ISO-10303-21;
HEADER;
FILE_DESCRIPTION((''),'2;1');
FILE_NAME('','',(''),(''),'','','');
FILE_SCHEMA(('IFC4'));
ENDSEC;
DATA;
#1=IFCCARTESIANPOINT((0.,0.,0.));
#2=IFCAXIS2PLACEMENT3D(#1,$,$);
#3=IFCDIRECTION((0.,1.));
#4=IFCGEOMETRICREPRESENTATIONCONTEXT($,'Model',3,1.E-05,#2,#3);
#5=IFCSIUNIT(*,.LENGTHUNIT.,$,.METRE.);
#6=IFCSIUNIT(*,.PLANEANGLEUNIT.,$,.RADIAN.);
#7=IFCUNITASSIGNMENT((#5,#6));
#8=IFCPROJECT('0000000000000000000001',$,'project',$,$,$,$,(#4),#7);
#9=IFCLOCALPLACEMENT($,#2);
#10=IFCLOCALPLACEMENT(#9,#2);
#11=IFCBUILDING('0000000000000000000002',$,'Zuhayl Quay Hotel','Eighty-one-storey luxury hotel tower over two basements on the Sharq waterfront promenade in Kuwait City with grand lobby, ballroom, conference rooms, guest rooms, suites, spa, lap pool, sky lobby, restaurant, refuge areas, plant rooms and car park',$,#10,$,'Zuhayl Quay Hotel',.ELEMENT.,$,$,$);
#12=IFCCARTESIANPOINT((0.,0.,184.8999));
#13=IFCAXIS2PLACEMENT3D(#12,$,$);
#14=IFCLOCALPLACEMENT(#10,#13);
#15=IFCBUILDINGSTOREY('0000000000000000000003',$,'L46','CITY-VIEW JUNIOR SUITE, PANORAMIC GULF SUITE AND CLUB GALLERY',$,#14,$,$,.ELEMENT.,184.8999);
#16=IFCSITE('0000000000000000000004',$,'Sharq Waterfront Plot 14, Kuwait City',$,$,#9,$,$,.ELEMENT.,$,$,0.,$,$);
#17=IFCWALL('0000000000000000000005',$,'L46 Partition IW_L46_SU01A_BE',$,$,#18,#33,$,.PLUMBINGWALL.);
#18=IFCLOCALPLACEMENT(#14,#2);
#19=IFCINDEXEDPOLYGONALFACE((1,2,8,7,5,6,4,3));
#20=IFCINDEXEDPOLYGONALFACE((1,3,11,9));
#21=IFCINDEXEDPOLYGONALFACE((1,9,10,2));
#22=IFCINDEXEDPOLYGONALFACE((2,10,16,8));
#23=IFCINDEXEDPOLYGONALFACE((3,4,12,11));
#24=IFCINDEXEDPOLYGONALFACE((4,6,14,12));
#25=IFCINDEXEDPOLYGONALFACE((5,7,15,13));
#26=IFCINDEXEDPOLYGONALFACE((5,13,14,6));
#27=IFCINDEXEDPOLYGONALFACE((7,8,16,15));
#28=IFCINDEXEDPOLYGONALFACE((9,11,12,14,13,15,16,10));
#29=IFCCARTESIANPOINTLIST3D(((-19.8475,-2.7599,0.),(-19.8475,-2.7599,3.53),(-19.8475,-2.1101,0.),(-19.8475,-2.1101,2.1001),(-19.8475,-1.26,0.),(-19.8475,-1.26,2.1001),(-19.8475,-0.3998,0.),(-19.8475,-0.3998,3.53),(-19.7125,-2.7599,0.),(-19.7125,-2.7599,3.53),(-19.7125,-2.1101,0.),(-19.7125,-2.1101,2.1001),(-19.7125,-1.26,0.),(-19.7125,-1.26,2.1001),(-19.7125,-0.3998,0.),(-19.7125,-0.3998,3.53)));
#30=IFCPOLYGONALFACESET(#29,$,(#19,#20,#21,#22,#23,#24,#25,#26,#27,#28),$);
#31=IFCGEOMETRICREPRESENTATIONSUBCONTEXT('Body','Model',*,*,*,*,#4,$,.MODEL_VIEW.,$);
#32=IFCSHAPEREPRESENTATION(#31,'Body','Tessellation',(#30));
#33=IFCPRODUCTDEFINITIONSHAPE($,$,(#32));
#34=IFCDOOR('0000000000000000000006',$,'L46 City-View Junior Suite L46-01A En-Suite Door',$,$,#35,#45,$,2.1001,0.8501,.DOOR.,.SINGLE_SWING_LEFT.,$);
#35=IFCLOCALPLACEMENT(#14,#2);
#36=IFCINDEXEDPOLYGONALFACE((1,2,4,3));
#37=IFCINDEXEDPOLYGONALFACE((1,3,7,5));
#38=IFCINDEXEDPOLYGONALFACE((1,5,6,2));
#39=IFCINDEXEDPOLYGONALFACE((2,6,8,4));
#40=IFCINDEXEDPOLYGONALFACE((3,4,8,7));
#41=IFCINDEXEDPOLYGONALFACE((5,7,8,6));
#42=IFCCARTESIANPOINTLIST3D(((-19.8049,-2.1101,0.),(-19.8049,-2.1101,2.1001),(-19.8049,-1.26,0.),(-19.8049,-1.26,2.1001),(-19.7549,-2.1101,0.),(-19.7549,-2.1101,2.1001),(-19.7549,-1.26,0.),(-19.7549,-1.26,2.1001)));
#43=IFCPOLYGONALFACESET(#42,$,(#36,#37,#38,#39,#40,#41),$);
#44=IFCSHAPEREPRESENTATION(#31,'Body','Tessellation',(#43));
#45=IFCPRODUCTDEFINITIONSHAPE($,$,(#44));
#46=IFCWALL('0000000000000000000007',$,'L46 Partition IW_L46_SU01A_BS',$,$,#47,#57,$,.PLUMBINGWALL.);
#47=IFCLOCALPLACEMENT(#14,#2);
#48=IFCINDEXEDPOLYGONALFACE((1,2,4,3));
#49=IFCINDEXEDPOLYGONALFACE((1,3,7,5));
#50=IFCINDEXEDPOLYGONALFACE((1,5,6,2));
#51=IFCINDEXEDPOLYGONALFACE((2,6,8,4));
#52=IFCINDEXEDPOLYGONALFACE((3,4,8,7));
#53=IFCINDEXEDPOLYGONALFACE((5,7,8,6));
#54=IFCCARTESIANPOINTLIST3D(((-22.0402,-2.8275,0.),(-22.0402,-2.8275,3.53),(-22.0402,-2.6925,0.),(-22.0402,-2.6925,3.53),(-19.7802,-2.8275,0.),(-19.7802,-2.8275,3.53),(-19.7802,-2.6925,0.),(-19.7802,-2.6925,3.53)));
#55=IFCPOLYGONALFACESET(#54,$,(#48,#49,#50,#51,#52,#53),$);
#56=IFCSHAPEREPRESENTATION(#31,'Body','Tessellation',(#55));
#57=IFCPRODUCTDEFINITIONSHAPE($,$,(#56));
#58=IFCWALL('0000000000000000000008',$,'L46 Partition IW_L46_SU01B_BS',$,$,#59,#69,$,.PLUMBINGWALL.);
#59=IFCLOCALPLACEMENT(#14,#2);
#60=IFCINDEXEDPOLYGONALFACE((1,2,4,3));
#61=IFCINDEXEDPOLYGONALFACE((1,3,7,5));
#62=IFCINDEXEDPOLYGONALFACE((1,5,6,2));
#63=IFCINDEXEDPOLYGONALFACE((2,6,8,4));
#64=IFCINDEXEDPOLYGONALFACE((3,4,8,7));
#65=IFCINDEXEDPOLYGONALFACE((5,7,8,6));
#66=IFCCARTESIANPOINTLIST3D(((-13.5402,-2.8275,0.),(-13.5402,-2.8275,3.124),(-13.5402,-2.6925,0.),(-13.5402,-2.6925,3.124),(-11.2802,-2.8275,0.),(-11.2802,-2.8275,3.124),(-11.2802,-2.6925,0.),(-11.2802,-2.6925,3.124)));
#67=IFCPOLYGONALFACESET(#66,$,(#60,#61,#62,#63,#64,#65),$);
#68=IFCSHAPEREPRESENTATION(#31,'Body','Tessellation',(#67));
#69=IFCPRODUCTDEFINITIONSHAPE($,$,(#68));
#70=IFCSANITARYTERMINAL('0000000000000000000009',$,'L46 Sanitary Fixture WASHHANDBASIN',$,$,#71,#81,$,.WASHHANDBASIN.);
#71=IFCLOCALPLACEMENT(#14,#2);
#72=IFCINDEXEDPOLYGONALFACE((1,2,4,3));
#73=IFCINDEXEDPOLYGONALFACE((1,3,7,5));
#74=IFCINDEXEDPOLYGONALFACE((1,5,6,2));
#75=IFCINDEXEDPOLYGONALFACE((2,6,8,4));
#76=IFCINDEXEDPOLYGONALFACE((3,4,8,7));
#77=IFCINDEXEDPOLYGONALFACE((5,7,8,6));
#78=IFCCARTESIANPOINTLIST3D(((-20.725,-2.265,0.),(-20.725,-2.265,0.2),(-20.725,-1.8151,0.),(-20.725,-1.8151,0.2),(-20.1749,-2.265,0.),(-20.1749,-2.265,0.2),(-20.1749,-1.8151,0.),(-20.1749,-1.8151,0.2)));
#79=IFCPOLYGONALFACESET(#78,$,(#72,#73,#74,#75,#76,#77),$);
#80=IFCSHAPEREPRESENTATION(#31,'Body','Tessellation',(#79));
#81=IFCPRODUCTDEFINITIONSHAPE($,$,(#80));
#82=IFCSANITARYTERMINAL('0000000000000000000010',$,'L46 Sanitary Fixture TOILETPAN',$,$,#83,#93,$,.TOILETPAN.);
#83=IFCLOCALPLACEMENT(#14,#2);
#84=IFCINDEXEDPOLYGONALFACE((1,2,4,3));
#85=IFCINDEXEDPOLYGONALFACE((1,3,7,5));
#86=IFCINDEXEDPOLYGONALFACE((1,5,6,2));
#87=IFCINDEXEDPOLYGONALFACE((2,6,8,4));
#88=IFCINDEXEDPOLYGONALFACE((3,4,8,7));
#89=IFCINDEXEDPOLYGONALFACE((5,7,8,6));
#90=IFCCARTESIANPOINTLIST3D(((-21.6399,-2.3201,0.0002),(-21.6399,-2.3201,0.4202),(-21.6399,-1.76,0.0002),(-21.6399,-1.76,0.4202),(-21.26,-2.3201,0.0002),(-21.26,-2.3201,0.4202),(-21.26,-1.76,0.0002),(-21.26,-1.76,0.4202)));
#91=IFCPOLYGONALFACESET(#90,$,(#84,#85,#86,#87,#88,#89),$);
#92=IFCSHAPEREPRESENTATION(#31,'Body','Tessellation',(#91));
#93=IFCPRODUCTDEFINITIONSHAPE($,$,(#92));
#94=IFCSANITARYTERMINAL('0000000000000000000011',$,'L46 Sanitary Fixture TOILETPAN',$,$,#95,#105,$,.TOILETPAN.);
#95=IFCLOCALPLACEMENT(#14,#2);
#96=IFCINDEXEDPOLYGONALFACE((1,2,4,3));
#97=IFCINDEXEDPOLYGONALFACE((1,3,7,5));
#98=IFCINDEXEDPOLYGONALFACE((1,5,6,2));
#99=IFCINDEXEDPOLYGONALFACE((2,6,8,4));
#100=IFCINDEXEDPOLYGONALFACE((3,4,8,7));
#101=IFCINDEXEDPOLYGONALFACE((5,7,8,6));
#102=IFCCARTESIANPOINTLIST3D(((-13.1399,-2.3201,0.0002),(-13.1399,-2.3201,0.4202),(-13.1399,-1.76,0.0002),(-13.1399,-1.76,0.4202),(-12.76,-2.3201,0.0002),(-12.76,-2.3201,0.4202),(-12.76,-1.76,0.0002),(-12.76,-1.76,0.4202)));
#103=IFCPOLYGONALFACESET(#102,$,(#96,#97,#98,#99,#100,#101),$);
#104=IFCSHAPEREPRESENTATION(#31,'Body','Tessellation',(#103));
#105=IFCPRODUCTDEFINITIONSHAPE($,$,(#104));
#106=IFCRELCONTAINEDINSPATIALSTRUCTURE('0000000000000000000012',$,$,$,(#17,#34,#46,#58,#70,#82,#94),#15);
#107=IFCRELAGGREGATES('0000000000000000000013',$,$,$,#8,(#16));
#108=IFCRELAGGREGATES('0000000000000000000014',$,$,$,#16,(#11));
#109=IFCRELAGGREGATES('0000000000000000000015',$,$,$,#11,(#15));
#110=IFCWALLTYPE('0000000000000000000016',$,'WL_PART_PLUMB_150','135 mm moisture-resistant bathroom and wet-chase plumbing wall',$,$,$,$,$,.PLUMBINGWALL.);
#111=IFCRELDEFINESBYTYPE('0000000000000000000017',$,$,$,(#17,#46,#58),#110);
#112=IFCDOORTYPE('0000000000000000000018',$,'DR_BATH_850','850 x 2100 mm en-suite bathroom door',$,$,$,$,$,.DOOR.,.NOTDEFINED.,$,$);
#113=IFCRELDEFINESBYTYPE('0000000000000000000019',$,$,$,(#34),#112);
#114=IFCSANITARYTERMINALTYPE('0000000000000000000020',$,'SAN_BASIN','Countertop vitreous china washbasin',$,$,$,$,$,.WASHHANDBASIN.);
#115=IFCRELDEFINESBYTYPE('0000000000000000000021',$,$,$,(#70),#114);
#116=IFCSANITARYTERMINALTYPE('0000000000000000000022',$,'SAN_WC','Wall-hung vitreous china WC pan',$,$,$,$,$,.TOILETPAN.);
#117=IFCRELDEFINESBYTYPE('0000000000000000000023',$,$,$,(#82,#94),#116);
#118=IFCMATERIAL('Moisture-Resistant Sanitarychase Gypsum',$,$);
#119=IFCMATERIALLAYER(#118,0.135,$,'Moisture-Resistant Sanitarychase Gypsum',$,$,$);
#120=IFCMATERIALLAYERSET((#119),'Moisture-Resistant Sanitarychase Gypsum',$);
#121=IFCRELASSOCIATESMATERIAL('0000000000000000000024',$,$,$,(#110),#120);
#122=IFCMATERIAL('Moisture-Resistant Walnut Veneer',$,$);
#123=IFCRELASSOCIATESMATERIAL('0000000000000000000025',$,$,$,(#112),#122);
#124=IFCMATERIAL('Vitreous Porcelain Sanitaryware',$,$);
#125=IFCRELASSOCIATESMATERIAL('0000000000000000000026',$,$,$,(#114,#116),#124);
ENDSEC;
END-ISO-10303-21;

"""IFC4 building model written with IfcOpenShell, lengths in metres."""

from ifc_helpers import new_model, si_unit, direction, frame, frame_2d, origin, origin_2d, place, context, subcontext, project, spatial, rectangle, extrude, material, layer, layer_set, type_object, element, fill, save


model = new_model("IFC4")

# Units and contexts
model_context = context("Model", 3, precision=1e-05, world=origin(), true_north=direction((0.0, 1.0)))
body_context = subcontext(model_context, "Body", "Model", "MODEL_VIEW")
ifc_project = project(units=[si_unit("LENGTHUNIT", "METRE"), si_unit("PLANEANGLEUNIT", "RADIAN")], contexts=[model_context])

# Site, building, storey
site_placement = place(None, origin())
site = spatial("IfcSite", under=ifc_project, at=site_placement, Name="Sharq Waterfront Plot 14, Kuwait City", CompositionType="ELEMENT", RefElevation=0.0)
building_placement = place(site_placement, origin())
building = spatial("IfcBuilding", under=site, at=building_placement, Name="Zuhayl Quay Hotel", Description="Eighty-one-storey luxury hotel tower over two basements on the Sharq waterfront promenade in Kuwait City with grand lobby, ballroom, conference rooms, guest rooms, suites, spa, lap pool, sky lobby, restaurant, refuge areas, plant rooms and car park", LongName="Zuhayl Quay Hotel", CompositionType="ELEMENT")
storey_placement = place(building_placement, frame((0.0, 0.0, 184.8999)))
storey = spatial("IfcBuildingStorey", under=building, at=storey_placement, Name="L46", Description="CITY-VIEW JUNIOR SUITE, PANORAMIC GULF SUITE AND CLUB GALLERY", CompositionType="ELEMENT", Elevation=184.8999)

# Wall, opening, door
ifc_material_1 = material(Name="Moisture-Resistant Sanitarychase Gypsum")
ifc_layer_1 = layer(ifc_material_1, 0.135, Name="Moisture-Resistant Sanitarychase Gypsum")
ifc_layer_set_1 = layer_set([ifc_layer_1], Name="Moisture-Resistant Sanitarychase Gypsum")
wall_type_1 = type_object("IfcWallType", Name="WL_PART_PLUMB_150", Description="135 mm moisture-resistant bathroom and wet-chase plumbing wall", PredefinedType="PLUMBINGWALL", material=ifc_layer_set_1)
wall_1_placement = place(storey_placement, frame((-19.78, -2.76, 0.0), z_axis=(0.0, 0.0, 1.0), x_axis=(0.0, 1.0, 0.0)))
wall_1 = element("IfcWall", 1, at=wall_1_placement, inside=storey, type_object=wall_type_1, Name="L46 Partition IW_L46_SU01A_BE", PredefinedType="PLUMBINGWALL", context=body_context, shape_type="SweptSolid", body=[
    extrude(rectangle(XDim=2.3601, YDim=0.135, at=frame_2d((1.1802, 0.0))), origin(), (0.0, 0.0, 1.0), 3.53),
])
opening_1_placement = place(wall_1_placement, frame((0.6499, 0.0, 0.0)))
opening_1 = element("IfcOpeningElement", 2, at=opening_1_placement, cuts=wall_1, PredefinedType="OPENING", context=body_context, shape_type="SweptSolid", body=[
    extrude(rectangle(XDim=0.8501, YDim=2.1001, at=frame_2d((0.425, 1.05))), frame((0.0, 0.0774, 0.0), z_axis=(0.0, -1.0, 0.0), x_axis=(1.0, 0.0, 0.0)), (0.0, 0.0, 1.0), 0.155),
])
ifc_material_2 = material(Name="Moisture-Resistant Walnut Veneer")
door_type = type_object("IfcDoorType", Name="DR_BATH_850", Description="850 x 2100 mm en-suite bathroom door", OperationType="NOTDEFINED", PredefinedType="DOOR", material=ifc_material_2)
door_placement = place(opening_1_placement, origin())
door = element("IfcDoor", 3, at=door_placement, inside=storey, type_object=door_type, Name="L46 City-View Junior Suite L46-01A En-Suite Door", OperationType="SINGLE_SWING_LEFT", OverallHeight=2.1001, OverallWidth=0.8501, PredefinedType="DOOR", context=body_context, shape_type="SweptSolid", body=[
    extrude(rectangle(XDim=0.8501, YDim=2.1001, at=frame_2d((0.425, 1.05))), frame((0.0, 0.0249, 0.0), z_axis=(0.0, -1.0, 0.0), x_axis=(1.0, 0.0, 0.0)), (0.0, 0.0, 1.0), 0.05),
])
fill(opening_1, door)

# Walls
wall_2_placement = place(storey_placement, frame((-22.04, -2.76, 0.0), z_axis=(0.0, 0.0, 1.0), x_axis=(1.0, 0.0, 0.0)))
element("IfcWall", 4, at=wall_2_placement, inside=storey, type_object=wall_type_1, Name="L46 Partition IW_L46_SU01A_BS", PredefinedType="PLUMBINGWALL", context=body_context, shape_type="SweptSolid", body=[
    extrude(rectangle(XDim=2.26, YDim=0.135, at=frame_2d((1.1299, 0.0))), origin(), (0.0, 0.0, 1.0), 3.53),
])
wall_3_placement = place(storey_placement, frame((-13.54, -2.76, 0.0), z_axis=(0.0, 0.0, 1.0), x_axis=(1.0, 0.0, 0.0)))
element("IfcWall", 5, at=wall_3_placement, inside=storey, type_object=wall_type_1, Name="L46 Partition IW_L46_SU01B_BS", PredefinedType="PLUMBINGWALL", context=body_context, shape_type="SweptSolid", body=[
    extrude(rectangle(XDim=2.26, YDim=0.135, at=frame_2d((1.1299, 0.0))), origin(), (0.0, 0.0, 1.0), 3.124),
])

# Sanitary terminals
ifc_material_3 = material(Name="Vitreous Porcelain Sanitaryware")
sanitary_terminal_type_1 = type_object("IfcSanitaryTerminalType", Name="SAN_BASIN", Description="Countertop vitreous china washbasin", PredefinedType="WASHHANDBASIN", material=ifc_material_3)
sanitary_terminal_placement = place(storey_placement, frame((-20.45, -2.04, 0.0), z_axis=(0.0, 0.0, 1.0), x_axis=(1.0, 0.0, 0.0)))
element("IfcSanitaryTerminal", 6, at=sanitary_terminal_placement, inside=storey, type_object=sanitary_terminal_type_1, Name="L46 Sanitary Fixture WASHHANDBASIN", PredefinedType="WASHHANDBASIN", context=body_context, shape_type="SweptSolid", body=[
    extrude(rectangle(XDim=0.55, YDim=0.45, at=origin_2d()), origin(), (0.0, 0.0, 1.0), 0.2),
])
sanitary_terminal_type_2 = type_object("IfcSanitaryTerminalType", Name="SAN_WC", Description="Wall-hung vitreous china WC pan", PredefinedType="TOILETPAN", material=ifc_material_3)
for number, where, z_axis, x_axis, name in (
    (7, (-21.45, -2.04, 0.0002), (0.0, 0.0, 1.0), (1.0, 0.0, 0.0), "L46 Sanitary Fixture TOILETPAN"),
    (8, (-12.95, -2.04, 0.0002), (0.0, 0.0, 1.0), (1.0, 0.0, 0.0), "L46 Sanitary Fixture TOILETPAN"),
):
    element("IfcSanitaryTerminal", number, at=place(storey_placement, frame(where, z_axis=z_axis, x_axis=x_axis)), inside=storey, type_object=sanitary_terminal_type_2, Name=name, PredefinedType="TOILETPAN", context=body_context, shape_type="SweptSolid", body=[
        extrude(rectangle(XDim=0.3799, YDim=0.5601, at=origin_2d()), origin(), (0.0, 0.0, 1.0), 0.4199),
    ])

save(model, "model.ifc")
